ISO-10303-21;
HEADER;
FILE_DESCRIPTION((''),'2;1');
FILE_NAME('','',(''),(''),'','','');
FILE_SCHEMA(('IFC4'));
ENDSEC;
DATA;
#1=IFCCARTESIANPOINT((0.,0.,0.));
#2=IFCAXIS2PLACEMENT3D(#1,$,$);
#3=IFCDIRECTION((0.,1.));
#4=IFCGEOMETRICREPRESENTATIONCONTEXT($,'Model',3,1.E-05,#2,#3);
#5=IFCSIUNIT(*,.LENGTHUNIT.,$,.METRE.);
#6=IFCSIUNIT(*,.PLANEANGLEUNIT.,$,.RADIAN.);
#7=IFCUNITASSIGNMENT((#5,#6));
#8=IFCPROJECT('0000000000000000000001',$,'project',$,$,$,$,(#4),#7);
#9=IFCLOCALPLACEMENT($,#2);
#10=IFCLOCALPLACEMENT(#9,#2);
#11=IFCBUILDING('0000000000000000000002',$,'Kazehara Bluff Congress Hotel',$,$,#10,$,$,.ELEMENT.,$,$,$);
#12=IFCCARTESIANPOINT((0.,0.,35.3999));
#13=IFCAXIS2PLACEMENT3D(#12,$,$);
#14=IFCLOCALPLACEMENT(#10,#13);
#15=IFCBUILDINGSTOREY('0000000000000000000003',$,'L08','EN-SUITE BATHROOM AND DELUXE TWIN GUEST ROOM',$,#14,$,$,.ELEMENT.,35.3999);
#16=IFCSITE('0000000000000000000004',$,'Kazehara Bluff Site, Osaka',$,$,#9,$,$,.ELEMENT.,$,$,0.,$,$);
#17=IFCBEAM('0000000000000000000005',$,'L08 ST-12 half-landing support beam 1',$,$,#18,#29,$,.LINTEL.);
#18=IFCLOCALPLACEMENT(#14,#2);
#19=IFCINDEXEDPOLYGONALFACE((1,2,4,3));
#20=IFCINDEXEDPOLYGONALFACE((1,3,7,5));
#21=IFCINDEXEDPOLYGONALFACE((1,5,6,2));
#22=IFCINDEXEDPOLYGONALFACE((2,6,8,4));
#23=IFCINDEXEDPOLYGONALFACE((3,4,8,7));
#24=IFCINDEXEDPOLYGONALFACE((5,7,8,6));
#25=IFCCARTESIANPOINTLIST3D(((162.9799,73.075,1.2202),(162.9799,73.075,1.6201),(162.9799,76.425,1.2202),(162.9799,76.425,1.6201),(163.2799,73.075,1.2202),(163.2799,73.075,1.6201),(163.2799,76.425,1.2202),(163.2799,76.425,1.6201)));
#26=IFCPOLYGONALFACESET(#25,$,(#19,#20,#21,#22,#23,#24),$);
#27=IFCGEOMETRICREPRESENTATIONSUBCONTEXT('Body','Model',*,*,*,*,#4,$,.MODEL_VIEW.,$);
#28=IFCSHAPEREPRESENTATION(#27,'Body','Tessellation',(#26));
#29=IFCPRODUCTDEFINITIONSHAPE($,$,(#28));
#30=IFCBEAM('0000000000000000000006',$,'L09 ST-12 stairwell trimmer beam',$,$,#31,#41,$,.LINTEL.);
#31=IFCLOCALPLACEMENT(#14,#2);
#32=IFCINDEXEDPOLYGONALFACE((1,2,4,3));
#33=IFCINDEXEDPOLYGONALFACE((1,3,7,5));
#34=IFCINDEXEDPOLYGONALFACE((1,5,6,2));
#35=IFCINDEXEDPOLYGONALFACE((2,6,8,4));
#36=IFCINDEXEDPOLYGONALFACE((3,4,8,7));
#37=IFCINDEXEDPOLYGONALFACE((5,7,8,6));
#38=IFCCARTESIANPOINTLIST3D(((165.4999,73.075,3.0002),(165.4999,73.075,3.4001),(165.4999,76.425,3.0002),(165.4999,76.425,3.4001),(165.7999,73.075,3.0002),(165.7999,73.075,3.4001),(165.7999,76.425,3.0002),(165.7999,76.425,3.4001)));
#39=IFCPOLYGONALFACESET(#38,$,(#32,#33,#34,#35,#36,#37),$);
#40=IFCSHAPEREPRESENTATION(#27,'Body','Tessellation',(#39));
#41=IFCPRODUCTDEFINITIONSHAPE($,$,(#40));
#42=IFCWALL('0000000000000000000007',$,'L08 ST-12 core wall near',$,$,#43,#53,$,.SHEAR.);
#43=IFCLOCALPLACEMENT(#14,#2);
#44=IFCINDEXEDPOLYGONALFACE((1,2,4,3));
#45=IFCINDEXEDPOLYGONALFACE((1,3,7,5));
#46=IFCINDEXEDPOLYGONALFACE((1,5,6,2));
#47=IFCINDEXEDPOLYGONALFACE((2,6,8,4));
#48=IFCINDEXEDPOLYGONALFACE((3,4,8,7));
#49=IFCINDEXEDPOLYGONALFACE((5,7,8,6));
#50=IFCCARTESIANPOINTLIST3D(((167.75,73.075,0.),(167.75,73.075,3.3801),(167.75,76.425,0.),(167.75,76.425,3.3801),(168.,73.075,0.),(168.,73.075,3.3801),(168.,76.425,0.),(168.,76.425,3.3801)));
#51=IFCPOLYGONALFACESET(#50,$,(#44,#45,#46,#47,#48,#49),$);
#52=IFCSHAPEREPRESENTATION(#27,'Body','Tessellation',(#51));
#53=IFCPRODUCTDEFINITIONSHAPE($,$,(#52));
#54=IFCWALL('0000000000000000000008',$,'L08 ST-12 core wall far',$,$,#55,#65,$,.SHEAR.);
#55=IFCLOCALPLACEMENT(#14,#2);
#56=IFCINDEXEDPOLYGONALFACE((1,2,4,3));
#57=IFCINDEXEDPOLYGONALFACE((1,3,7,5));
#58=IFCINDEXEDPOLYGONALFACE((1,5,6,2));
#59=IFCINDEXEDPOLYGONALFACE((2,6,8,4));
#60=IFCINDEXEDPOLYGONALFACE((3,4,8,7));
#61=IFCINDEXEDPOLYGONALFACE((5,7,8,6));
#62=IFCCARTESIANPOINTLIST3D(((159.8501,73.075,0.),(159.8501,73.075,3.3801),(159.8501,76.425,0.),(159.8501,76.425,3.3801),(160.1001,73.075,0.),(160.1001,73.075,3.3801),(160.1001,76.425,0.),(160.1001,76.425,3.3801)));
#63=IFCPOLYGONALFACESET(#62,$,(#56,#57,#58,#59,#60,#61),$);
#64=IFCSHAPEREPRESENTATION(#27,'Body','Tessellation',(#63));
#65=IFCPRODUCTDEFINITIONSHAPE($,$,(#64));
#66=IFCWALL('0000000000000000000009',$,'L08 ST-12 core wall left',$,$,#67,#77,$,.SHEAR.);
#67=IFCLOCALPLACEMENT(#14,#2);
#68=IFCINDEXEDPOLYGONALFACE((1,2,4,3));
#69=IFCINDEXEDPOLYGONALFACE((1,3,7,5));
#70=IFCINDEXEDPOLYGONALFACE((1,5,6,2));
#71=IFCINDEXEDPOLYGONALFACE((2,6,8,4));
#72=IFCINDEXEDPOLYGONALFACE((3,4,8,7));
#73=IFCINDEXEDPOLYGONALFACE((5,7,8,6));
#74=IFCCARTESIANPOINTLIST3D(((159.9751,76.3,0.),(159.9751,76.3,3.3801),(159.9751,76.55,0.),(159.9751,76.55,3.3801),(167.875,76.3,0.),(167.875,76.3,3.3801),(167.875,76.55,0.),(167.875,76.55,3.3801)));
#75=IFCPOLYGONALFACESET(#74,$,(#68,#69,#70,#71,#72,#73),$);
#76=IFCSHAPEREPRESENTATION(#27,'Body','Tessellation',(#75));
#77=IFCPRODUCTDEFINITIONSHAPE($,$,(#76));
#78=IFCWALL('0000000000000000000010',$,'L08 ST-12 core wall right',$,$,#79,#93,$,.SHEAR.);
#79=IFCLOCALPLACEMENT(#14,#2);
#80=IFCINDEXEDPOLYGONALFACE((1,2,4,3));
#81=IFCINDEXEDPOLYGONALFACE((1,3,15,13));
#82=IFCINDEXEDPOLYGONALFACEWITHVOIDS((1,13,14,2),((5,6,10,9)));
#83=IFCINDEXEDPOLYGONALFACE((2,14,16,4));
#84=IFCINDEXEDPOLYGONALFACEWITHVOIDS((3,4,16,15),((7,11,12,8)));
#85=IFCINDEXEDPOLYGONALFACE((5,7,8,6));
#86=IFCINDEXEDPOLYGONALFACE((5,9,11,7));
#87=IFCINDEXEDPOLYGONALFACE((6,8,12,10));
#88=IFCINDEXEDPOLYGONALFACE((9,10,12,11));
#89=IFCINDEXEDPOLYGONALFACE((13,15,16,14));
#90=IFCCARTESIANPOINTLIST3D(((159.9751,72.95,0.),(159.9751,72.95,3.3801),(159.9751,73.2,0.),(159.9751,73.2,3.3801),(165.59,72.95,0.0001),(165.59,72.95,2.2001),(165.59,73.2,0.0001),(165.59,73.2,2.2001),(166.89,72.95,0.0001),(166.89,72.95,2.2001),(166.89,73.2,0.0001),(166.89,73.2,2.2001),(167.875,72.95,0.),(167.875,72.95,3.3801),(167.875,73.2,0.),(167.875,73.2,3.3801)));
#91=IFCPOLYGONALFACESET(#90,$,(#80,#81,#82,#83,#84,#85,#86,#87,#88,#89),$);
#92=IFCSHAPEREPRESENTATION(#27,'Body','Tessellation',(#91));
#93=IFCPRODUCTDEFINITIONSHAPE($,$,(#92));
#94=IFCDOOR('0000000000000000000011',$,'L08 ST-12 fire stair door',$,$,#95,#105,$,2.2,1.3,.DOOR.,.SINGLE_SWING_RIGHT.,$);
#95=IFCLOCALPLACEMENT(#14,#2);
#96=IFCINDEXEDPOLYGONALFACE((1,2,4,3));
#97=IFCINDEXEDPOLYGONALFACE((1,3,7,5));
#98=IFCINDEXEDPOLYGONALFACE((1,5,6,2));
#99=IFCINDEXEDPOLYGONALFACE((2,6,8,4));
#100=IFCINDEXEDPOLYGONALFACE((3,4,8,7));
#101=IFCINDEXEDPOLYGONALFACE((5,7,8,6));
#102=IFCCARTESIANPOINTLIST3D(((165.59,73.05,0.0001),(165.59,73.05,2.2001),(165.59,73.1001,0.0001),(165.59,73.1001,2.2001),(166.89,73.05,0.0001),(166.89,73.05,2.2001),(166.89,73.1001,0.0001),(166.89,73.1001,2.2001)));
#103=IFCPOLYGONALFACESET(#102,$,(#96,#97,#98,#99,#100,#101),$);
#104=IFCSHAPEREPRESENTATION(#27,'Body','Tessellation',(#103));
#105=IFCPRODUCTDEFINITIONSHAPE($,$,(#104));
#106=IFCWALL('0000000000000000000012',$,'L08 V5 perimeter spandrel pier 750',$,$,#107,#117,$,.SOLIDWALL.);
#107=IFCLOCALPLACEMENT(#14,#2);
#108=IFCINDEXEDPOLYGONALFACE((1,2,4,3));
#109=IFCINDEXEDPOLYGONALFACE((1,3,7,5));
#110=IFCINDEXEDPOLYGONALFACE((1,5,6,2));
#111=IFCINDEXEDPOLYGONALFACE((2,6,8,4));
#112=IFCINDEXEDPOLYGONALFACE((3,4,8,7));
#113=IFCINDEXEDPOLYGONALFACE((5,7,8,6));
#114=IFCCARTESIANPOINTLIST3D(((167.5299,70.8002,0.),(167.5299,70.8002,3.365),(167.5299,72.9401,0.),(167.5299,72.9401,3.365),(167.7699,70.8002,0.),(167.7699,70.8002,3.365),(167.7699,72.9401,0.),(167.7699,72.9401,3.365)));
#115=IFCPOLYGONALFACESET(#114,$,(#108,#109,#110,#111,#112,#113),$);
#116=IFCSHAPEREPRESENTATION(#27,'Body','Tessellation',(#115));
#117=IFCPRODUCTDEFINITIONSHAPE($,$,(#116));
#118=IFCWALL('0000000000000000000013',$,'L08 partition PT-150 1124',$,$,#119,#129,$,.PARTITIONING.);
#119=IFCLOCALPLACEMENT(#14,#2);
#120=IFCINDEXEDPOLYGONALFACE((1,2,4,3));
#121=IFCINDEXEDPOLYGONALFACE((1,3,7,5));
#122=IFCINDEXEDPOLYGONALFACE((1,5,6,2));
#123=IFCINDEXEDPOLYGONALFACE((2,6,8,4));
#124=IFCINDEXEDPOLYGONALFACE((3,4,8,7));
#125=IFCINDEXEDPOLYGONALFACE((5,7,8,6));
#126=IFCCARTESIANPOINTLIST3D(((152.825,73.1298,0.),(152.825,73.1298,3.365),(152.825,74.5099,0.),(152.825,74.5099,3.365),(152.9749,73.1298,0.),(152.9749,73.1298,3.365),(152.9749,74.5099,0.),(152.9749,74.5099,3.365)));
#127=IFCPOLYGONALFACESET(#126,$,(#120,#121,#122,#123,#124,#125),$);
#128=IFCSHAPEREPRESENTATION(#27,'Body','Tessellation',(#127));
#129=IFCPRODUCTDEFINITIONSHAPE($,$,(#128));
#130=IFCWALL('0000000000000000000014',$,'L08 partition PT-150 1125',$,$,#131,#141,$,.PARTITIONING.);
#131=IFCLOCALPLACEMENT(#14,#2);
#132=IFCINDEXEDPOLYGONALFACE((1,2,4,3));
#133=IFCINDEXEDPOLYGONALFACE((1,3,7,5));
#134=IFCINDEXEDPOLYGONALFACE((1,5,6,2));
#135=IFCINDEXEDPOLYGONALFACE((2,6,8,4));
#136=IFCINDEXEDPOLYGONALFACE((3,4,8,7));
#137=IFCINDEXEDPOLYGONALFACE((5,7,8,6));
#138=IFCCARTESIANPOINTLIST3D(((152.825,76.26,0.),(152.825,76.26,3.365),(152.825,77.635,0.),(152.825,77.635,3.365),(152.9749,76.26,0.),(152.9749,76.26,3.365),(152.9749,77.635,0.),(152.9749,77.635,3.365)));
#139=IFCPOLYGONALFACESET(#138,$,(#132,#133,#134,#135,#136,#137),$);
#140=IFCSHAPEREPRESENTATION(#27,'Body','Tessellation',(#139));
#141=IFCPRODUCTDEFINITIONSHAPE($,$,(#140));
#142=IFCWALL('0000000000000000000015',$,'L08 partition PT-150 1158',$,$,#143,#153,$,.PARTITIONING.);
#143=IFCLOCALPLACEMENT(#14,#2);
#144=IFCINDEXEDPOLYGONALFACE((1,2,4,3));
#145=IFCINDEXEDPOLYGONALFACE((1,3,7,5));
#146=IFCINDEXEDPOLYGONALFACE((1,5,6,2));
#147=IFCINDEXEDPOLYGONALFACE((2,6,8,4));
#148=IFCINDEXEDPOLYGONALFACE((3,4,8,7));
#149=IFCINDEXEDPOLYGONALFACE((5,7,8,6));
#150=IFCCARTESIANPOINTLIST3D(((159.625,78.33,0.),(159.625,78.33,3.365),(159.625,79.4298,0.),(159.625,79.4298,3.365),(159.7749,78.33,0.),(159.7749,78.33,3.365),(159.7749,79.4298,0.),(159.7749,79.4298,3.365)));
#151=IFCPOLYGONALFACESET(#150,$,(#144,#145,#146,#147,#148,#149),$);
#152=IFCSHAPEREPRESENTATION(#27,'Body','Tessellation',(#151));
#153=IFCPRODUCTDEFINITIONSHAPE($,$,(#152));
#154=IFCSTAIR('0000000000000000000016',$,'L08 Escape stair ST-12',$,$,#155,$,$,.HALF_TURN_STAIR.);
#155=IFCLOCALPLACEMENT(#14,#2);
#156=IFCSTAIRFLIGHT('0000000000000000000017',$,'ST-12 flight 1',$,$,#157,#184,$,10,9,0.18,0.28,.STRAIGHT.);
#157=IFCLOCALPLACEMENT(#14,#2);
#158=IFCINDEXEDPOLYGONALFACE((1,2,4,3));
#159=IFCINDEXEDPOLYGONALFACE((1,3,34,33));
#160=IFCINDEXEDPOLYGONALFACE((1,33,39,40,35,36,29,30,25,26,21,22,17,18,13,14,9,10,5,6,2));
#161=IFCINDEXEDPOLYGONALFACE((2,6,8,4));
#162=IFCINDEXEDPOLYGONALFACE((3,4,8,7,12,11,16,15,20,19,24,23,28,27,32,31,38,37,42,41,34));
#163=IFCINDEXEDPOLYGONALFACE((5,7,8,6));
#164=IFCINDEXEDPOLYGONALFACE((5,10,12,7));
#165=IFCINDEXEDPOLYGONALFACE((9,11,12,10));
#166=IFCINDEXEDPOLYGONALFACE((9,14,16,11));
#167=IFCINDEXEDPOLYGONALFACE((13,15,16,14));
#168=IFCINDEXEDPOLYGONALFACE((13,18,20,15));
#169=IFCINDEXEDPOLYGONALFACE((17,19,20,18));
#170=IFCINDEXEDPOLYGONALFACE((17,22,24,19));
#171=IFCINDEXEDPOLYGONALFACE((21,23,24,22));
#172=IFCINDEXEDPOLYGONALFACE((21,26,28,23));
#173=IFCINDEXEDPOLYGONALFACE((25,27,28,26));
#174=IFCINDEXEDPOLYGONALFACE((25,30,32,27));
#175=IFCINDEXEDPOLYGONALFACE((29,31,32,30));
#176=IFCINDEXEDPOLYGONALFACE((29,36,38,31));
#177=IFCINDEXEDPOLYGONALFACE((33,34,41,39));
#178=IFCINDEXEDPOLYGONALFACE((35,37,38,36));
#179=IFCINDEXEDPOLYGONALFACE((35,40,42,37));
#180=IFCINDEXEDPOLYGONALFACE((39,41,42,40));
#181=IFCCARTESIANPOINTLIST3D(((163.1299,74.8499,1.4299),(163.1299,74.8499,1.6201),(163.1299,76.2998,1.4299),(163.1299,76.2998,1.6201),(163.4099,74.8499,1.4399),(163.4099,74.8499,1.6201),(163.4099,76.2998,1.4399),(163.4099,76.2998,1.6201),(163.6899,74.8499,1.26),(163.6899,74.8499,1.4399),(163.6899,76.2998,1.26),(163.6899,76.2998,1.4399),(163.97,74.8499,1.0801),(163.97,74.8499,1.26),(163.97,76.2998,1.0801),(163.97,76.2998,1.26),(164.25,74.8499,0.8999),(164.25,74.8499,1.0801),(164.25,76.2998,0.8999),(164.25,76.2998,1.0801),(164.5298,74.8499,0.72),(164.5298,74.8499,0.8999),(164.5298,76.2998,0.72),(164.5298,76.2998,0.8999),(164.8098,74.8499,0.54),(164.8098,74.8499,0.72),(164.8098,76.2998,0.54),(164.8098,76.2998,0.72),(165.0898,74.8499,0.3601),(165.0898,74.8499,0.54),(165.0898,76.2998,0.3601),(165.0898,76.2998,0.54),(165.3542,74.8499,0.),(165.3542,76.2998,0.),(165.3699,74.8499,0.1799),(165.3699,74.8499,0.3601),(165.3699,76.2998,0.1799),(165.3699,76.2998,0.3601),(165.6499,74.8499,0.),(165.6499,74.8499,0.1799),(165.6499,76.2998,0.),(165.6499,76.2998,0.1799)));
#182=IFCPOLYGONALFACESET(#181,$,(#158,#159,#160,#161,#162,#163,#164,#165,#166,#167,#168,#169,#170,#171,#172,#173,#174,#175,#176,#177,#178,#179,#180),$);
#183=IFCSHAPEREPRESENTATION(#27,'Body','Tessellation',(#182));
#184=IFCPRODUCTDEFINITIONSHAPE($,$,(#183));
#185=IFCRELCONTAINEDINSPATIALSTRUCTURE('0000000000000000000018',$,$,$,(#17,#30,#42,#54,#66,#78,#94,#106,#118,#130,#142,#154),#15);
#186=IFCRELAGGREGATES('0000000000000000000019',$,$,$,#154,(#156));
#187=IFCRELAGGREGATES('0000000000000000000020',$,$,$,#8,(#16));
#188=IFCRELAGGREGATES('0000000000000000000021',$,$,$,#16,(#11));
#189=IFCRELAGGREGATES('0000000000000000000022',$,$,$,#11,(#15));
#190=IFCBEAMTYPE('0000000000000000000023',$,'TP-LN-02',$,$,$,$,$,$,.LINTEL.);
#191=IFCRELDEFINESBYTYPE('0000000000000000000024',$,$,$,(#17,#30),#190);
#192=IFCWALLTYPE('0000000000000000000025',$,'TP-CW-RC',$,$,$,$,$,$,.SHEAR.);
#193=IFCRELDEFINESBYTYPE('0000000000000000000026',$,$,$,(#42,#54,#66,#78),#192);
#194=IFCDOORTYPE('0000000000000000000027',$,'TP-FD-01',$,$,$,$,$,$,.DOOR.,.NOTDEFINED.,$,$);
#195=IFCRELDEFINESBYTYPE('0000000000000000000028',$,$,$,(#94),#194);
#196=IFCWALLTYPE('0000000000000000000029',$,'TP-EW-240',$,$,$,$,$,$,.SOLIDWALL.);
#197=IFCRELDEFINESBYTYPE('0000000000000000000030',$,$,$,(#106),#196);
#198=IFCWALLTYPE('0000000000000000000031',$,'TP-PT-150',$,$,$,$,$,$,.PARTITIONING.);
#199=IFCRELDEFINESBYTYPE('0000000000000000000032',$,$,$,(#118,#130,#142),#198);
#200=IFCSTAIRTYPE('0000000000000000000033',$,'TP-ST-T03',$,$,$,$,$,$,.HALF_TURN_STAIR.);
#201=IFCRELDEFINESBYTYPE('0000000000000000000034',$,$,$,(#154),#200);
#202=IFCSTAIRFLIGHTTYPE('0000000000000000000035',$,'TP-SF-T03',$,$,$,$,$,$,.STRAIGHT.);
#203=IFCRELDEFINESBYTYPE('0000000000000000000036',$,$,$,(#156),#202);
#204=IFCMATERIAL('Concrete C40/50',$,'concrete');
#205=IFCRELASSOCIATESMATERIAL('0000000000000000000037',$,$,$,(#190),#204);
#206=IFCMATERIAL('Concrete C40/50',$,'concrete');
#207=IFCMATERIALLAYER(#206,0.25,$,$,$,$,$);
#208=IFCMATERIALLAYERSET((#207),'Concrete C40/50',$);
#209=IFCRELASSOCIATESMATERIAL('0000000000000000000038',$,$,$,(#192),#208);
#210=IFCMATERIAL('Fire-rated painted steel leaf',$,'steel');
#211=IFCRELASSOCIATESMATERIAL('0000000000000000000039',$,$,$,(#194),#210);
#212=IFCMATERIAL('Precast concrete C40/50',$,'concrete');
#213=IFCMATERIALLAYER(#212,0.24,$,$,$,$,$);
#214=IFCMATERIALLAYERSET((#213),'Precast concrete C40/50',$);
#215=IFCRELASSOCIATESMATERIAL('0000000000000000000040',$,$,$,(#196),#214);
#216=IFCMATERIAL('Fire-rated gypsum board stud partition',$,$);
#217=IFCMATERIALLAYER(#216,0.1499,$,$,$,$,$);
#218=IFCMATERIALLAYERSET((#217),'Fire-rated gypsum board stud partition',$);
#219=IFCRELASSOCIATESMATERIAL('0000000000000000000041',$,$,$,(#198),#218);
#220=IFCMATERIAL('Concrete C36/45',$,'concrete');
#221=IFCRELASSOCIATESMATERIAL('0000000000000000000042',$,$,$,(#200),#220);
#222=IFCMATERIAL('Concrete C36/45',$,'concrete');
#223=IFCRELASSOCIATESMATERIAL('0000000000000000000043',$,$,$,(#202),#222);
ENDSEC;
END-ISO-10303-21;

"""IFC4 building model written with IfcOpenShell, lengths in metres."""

from ifc_helpers import new_model, si_unit, direction, frame, frame_2d, origin, origin_2d, place, context, subcontext, project, spatial, polyline, rectangle, outline, extrude, material, layer, layer_set, material_profile, profile_set, type_object, element, fill, aggregate, save


model = new_model("IFC4")

# Units and contexts
model_context = context("Model", 3, precision=1e-05, world=origin(), true_north=direction((0.0, 1.0)))
body_context = subcontext(model_context, "Body", "Model", "MODEL_VIEW")
ifc_project = project(units=[si_unit("LENGTHUNIT", "METRE"), si_unit("PLANEANGLEUNIT", "RADIAN")], contexts=[model_context])

# Site, building, storey
site_placement = place(None, origin())
site = spatial("IfcSite", under=ifc_project, at=site_placement, Name="Kazehara Bluff Site, Osaka", CompositionType="ELEMENT", RefElevation=0.0)
building_placement = place(site_placement, origin())
building = spatial("IfcBuilding", under=site, at=building_placement, Name="Kazehara Bluff Congress Hotel", CompositionType="ELEMENT")
storey_placement = place(building_placement, frame((0.0, 0.0, 35.3999)))
storey = spatial("IfcBuildingStorey", under=building, at=storey_placement, Name="L08", Description="EN-SUITE BATHROOM AND DELUXE TWIN GUEST ROOM", CompositionType="ELEMENT", Elevation=35.3999)

# Beams
ifc_material_1 = material(Name="Concrete C40/50", Category="concrete")
ifc_material_profile = material_profile(ifc_material_1, rectangle(XDim=0.3, YDim=0.3999, at=origin_2d()))
ifc_profile_set = profile_set([ifc_material_profile], Name="Concrete C40/50")
beam_type = type_object("IfcBeamType", Name="TP-LN-02", PredefinedType="LINTEL", material=ifc_profile_set)
for number, where, z_axis, x_axis, name in (
    (1, (163.1299, 76.425, 1.4202), (0.0, -1.0, 0.0), (1.0, 0.0, 0.0), "L08 ST-12 half-landing support beam 1"),
    (2, (165.6499, 76.425, 3.2002), (0.0, -1.0, 0.0), (1.0, 0.0, 0.0), "L09 ST-12 stairwell trimmer beam"),
):
    element("IfcBeam", number, at=place(storey_placement, frame(where, z_axis=z_axis, x_axis=x_axis)), inside=storey, type_object=beam_type, Name=name, PredefinedType="LINTEL", context=body_context, shape_type="SweptSolid", body=[
        extrude(rectangle(XDim=0.3, YDim=0.3999, at=origin_2d()), origin(), (0.0, 0.0, 1.0), 3.3501),
    ])

# Walls
ifc_material_2 = material(Name="Concrete C40/50", Category="concrete")
ifc_layer_1 = layer(ifc_material_2, 0.25)
ifc_layer_set_1 = layer_set([ifc_layer_1], Name="Concrete C40/50")
wall_type_1 = type_object("IfcWallType", Name="TP-CW-RC", PredefinedType="SHEAR", material=ifc_layer_set_1)
for number, where, z_axis, x_axis, name in (
    (3, (167.875, 76.425, 0.0), (0.0, 0.0, 1.0), (0.0, -1.0, 0.0), "L08 ST-12 core wall near"),
    (4, (159.9751, 73.075, 0.0), (0.0, 0.0, 1.0), (0.0, 1.0, 0.0), "L08 ST-12 core wall far"),
):
    element("IfcWall", number, at=place(storey_placement, frame(where, z_axis=z_axis, x_axis=x_axis)), inside=storey, type_object=wall_type_1, Name=name, PredefinedType="SHEAR", context=body_context, shape_type="SweptSolid", body=[
        extrude(rectangle(XDim=3.3501, YDim=0.25, at=frame_2d((1.675, 0.0))), origin(), (0.0, 0.0, 1.0), 3.3801),
    ])
wall_1_placement = place(storey_placement, frame((159.9751, 76.425, 0.0), z_axis=(0.0, 0.0, 1.0), x_axis=(1.0, 0.0, 0.0)))
element("IfcWall", 5, at=wall_1_placement, inside=storey, type_object=wall_type_1, Name="L08 ST-12 core wall left", PredefinedType="SHEAR", context=body_context, shape_type="SweptSolid", body=[
    extrude(rectangle(XDim=7.8999, YDim=0.25, at=frame_2d((3.95, 0.0))), origin(), (0.0, 0.0, 1.0), 3.3801),
])

# Wall, opening, door
wall_2_placement = place(storey_placement, frame((167.875, 73.075, 0.0), z_axis=(0.0, 0.0, 1.0), x_axis=(-1.0, 0.0, 0.0)))
wall_2 = element("IfcWall", 6, at=wall_2_placement, inside=storey, type_object=wall_type_1, Name="L08 ST-12 core wall right", PredefinedType="SHEAR", context=body_context, shape_type="SweptSolid", body=[
    extrude(rectangle(XDim=7.8999, YDim=0.25, at=frame_2d((3.95, 0.0))), origin(), (0.0, 0.0, 1.0), 3.3801),
])
opening_1_placement = place(wall_2_placement, frame((0.9851, 0.0, 0.0)))
opening_1 = element("IfcOpeningElement", 7, at=opening_1_placement, cuts=wall_2, PredefinedType="OPENING", context=body_context, shape_type="SweptSolid", body=[
    extrude(rectangle(XDim=1.3, YDim=2.2, at=frame_2d((0.6499, 1.1001))), frame((0.0, 0.135, 0.0), z_axis=(0.0, -1.0, 0.0), x_axis=(1.0, 0.0, 0.0)), (0.0, 0.0, 1.0), 0.27),
])
ifc_material_3 = material(Name="Fire-rated painted steel leaf", Category="steel")
door_type_1 = type_object("IfcDoorType", Name="TP-FD-01", OperationType="NOTDEFINED", PredefinedType="DOOR", material=ifc_material_3)
door_1_placement = place(opening_1_placement, origin())
door_1 = element("IfcDoor", 8, at=door_1_placement, inside=storey, type_object=door_type_1, Name="L08 ST-12 fire stair door", OperationType="SINGLE_SWING_RIGHT", OverallHeight=2.2, OverallWidth=1.3, PredefinedType="DOOR", context=body_context, shape_type="SweptSolid", body=[
    extrude(rectangle(XDim=1.3, YDim=2.2, at=frame_2d((0.6499, 1.1001))), frame((0.0, 0.0249, 0.0), z_axis=(0.0, -1.0, 0.0), x_axis=(1.0, 0.0, 0.0)), (0.0, 0.0, 1.0), 0.05),
])
fill(opening_1, door_1)

# Wall
ifc_material_4 = material(Name="Precast concrete C40/50", Category="concrete")
ifc_layer_2 = layer(ifc_material_4, 0.24)
ifc_layer_set_2 = layer_set([ifc_layer_2], Name="Precast concrete C40/50")
wall_type_2 = type_object("IfcWallType", Name="TP-EW-240", PredefinedType="SOLIDWALL", material=ifc_layer_set_2)
wall_3_placement = place(storey_placement, frame((167.6499, 72.9399, 0.0), z_axis=(0.0, 0.0, 1.0), x_axis=(0.0, -1.0, 0.0)))
element("IfcWall", 9, at=wall_3_placement, inside=storey, type_object=wall_type_2, Name="L08 V5 perimeter spandrel pier 750", PredefinedType="SOLIDWALL", context=body_context, shape_type="SweptSolid", body=[
    extrude(rectangle(XDim=2.1399, YDim=0.24, at=frame_2d((1.0698, 0.0))), origin(), (0.0, 0.0, 1.0), 3.365),
])

# Shared definitions
ifc_material_5 = material(Name="Fire-rated gypsum board stud partition")
ifc_layer_3 = layer(ifc_material_5, 0.1499)
ifc_layer_set_3 = layer_set([ifc_layer_3], Name="Fire-rated gypsum board stud partition")
wall_type_3 = type_object("IfcWallType", Name="TP-PT-150", PredefinedType="PARTITIONING", material=ifc_layer_set_3)

# Walls
wall_4_placement = place(storey_placement, frame((152.8999, 73.1299, 0.0), z_axis=(0.0, 0.0, 1.0), x_axis=(0.0, 1.0, 0.0)))
element("IfcWall", 10, at=wall_4_placement, inside=storey, type_object=wall_type_3, Name="L08 partition PT-150 1124", PredefinedType="PARTITIONING", context=body_context, shape_type="SweptSolid", body=[
    extrude(rectangle(XDim=1.3801, YDim=0.1499, at=frame_2d((0.6899, 0.0))), origin(), (0.0, 0.0, 1.0), 3.365),
])
wall_5_placement = place(storey_placement, frame((152.8999, 76.26, 0.0), z_axis=(0.0, 0.0, 1.0), x_axis=(0.0, 1.0, 0.0)))
element("IfcWall", 11, at=wall_5_placement, inside=storey, type_object=wall_type_3, Name="L08 partition PT-150 1125", PredefinedType="PARTITIONING", context=body_context, shape_type="SweptSolid", body=[
    extrude(rectangle(XDim=1.375, YDim=0.1499, at=frame_2d((0.6875, 0.0))), origin(), (0.0, 0.0, 1.0), 3.365),
])

# Wall
wall_6_placement = place(storey_placement, frame((159.7, 78.3301, 0.0), z_axis=(0.0, 0.0, 1.0), x_axis=(0.0, 1.0, 0.0)))
element("IfcWall", 12, at=wall_6_placement, inside=storey, type_object=wall_type_3, Name="L08 partition PT-150 1158", PredefinedType="PARTITIONING", context=body_context, shape_type="SweptSolid", body=[
    extrude(rectangle(XDim=1.0999, YDim=0.1499, at=frame_2d((0.5498, 0.0))), origin(), (0.0, 0.0, 1.0), 3.365),
])

# Stair, stair flight
ifc_material_6 = material(Name="Concrete C36/45", Category="concrete")
stair_type = type_object("IfcStairType", Name="TP-ST-T03", PredefinedType="HALF_TURN_STAIR", material=ifc_material_6)
stair_placement = place(storey_placement, origin())
stair = element("IfcStair", 13, at=stair_placement, inside=storey, type_object=stair_type, Name="L08 Escape stair ST-12", PredefinedType="HALF_TURN_STAIR")
ifc_material_7 = material(Name="Concrete C36/45", Category="concrete")
stair_flight_type = type_object("IfcStairFlightType", Name="TP-SF-T03", PredefinedType="STRAIGHT", material=ifc_material_7)
stair_flight_1_placement = place(storey_placement, frame((165.6499, 75.575, 0.0), z_axis=(0.0, 0.0, 1.0), x_axis=(-1.0, 0.0, 0.0)))
stair_flight_1 = element("IfcStairFlight", 14, at=stair_flight_1_placement, type_object=stair_flight_type, Name="ST-12 flight 1", NumberOfRisers=10, NumberOfTreads=9, PredefinedType="STRAIGHT", RiserHeight=0.18, TreadLength=0.28, context=body_context, shape_type="SweptSolid", body=[
    extrude(outline(polyline([(0.0, 0.0), (0.0, 0.1799), (0.28, 0.1799), (0.28, 0.3601), (0.5601, 0.3601), (0.5601, 0.54), (0.8401, 0.54), (0.8401, 0.72), (1.1201, 0.72), (1.1201, 0.8999), (1.3999, 0.8999), (1.3999, 1.0801), (1.6799, 1.0801), (1.6799, 1.26), (1.96, 1.26), (1.96, 1.4399), (2.24, 1.4399), (2.24, 1.6201), (2.52, 1.6201), (2.52, 1.8), (2.52, 1.4299), (0.2957, 0.0), (0.0, 0.0)])), frame((0.0, 0.7251, 0.0), z_axis=(0.0, -1.0, 0.0), x_axis=(1.0, 0.0, 0.0)), (0.0, 0.0, 1.0), 1.45),
])
aggregate(stair, [stair_flight_1])

save(model, "model.ifc")
